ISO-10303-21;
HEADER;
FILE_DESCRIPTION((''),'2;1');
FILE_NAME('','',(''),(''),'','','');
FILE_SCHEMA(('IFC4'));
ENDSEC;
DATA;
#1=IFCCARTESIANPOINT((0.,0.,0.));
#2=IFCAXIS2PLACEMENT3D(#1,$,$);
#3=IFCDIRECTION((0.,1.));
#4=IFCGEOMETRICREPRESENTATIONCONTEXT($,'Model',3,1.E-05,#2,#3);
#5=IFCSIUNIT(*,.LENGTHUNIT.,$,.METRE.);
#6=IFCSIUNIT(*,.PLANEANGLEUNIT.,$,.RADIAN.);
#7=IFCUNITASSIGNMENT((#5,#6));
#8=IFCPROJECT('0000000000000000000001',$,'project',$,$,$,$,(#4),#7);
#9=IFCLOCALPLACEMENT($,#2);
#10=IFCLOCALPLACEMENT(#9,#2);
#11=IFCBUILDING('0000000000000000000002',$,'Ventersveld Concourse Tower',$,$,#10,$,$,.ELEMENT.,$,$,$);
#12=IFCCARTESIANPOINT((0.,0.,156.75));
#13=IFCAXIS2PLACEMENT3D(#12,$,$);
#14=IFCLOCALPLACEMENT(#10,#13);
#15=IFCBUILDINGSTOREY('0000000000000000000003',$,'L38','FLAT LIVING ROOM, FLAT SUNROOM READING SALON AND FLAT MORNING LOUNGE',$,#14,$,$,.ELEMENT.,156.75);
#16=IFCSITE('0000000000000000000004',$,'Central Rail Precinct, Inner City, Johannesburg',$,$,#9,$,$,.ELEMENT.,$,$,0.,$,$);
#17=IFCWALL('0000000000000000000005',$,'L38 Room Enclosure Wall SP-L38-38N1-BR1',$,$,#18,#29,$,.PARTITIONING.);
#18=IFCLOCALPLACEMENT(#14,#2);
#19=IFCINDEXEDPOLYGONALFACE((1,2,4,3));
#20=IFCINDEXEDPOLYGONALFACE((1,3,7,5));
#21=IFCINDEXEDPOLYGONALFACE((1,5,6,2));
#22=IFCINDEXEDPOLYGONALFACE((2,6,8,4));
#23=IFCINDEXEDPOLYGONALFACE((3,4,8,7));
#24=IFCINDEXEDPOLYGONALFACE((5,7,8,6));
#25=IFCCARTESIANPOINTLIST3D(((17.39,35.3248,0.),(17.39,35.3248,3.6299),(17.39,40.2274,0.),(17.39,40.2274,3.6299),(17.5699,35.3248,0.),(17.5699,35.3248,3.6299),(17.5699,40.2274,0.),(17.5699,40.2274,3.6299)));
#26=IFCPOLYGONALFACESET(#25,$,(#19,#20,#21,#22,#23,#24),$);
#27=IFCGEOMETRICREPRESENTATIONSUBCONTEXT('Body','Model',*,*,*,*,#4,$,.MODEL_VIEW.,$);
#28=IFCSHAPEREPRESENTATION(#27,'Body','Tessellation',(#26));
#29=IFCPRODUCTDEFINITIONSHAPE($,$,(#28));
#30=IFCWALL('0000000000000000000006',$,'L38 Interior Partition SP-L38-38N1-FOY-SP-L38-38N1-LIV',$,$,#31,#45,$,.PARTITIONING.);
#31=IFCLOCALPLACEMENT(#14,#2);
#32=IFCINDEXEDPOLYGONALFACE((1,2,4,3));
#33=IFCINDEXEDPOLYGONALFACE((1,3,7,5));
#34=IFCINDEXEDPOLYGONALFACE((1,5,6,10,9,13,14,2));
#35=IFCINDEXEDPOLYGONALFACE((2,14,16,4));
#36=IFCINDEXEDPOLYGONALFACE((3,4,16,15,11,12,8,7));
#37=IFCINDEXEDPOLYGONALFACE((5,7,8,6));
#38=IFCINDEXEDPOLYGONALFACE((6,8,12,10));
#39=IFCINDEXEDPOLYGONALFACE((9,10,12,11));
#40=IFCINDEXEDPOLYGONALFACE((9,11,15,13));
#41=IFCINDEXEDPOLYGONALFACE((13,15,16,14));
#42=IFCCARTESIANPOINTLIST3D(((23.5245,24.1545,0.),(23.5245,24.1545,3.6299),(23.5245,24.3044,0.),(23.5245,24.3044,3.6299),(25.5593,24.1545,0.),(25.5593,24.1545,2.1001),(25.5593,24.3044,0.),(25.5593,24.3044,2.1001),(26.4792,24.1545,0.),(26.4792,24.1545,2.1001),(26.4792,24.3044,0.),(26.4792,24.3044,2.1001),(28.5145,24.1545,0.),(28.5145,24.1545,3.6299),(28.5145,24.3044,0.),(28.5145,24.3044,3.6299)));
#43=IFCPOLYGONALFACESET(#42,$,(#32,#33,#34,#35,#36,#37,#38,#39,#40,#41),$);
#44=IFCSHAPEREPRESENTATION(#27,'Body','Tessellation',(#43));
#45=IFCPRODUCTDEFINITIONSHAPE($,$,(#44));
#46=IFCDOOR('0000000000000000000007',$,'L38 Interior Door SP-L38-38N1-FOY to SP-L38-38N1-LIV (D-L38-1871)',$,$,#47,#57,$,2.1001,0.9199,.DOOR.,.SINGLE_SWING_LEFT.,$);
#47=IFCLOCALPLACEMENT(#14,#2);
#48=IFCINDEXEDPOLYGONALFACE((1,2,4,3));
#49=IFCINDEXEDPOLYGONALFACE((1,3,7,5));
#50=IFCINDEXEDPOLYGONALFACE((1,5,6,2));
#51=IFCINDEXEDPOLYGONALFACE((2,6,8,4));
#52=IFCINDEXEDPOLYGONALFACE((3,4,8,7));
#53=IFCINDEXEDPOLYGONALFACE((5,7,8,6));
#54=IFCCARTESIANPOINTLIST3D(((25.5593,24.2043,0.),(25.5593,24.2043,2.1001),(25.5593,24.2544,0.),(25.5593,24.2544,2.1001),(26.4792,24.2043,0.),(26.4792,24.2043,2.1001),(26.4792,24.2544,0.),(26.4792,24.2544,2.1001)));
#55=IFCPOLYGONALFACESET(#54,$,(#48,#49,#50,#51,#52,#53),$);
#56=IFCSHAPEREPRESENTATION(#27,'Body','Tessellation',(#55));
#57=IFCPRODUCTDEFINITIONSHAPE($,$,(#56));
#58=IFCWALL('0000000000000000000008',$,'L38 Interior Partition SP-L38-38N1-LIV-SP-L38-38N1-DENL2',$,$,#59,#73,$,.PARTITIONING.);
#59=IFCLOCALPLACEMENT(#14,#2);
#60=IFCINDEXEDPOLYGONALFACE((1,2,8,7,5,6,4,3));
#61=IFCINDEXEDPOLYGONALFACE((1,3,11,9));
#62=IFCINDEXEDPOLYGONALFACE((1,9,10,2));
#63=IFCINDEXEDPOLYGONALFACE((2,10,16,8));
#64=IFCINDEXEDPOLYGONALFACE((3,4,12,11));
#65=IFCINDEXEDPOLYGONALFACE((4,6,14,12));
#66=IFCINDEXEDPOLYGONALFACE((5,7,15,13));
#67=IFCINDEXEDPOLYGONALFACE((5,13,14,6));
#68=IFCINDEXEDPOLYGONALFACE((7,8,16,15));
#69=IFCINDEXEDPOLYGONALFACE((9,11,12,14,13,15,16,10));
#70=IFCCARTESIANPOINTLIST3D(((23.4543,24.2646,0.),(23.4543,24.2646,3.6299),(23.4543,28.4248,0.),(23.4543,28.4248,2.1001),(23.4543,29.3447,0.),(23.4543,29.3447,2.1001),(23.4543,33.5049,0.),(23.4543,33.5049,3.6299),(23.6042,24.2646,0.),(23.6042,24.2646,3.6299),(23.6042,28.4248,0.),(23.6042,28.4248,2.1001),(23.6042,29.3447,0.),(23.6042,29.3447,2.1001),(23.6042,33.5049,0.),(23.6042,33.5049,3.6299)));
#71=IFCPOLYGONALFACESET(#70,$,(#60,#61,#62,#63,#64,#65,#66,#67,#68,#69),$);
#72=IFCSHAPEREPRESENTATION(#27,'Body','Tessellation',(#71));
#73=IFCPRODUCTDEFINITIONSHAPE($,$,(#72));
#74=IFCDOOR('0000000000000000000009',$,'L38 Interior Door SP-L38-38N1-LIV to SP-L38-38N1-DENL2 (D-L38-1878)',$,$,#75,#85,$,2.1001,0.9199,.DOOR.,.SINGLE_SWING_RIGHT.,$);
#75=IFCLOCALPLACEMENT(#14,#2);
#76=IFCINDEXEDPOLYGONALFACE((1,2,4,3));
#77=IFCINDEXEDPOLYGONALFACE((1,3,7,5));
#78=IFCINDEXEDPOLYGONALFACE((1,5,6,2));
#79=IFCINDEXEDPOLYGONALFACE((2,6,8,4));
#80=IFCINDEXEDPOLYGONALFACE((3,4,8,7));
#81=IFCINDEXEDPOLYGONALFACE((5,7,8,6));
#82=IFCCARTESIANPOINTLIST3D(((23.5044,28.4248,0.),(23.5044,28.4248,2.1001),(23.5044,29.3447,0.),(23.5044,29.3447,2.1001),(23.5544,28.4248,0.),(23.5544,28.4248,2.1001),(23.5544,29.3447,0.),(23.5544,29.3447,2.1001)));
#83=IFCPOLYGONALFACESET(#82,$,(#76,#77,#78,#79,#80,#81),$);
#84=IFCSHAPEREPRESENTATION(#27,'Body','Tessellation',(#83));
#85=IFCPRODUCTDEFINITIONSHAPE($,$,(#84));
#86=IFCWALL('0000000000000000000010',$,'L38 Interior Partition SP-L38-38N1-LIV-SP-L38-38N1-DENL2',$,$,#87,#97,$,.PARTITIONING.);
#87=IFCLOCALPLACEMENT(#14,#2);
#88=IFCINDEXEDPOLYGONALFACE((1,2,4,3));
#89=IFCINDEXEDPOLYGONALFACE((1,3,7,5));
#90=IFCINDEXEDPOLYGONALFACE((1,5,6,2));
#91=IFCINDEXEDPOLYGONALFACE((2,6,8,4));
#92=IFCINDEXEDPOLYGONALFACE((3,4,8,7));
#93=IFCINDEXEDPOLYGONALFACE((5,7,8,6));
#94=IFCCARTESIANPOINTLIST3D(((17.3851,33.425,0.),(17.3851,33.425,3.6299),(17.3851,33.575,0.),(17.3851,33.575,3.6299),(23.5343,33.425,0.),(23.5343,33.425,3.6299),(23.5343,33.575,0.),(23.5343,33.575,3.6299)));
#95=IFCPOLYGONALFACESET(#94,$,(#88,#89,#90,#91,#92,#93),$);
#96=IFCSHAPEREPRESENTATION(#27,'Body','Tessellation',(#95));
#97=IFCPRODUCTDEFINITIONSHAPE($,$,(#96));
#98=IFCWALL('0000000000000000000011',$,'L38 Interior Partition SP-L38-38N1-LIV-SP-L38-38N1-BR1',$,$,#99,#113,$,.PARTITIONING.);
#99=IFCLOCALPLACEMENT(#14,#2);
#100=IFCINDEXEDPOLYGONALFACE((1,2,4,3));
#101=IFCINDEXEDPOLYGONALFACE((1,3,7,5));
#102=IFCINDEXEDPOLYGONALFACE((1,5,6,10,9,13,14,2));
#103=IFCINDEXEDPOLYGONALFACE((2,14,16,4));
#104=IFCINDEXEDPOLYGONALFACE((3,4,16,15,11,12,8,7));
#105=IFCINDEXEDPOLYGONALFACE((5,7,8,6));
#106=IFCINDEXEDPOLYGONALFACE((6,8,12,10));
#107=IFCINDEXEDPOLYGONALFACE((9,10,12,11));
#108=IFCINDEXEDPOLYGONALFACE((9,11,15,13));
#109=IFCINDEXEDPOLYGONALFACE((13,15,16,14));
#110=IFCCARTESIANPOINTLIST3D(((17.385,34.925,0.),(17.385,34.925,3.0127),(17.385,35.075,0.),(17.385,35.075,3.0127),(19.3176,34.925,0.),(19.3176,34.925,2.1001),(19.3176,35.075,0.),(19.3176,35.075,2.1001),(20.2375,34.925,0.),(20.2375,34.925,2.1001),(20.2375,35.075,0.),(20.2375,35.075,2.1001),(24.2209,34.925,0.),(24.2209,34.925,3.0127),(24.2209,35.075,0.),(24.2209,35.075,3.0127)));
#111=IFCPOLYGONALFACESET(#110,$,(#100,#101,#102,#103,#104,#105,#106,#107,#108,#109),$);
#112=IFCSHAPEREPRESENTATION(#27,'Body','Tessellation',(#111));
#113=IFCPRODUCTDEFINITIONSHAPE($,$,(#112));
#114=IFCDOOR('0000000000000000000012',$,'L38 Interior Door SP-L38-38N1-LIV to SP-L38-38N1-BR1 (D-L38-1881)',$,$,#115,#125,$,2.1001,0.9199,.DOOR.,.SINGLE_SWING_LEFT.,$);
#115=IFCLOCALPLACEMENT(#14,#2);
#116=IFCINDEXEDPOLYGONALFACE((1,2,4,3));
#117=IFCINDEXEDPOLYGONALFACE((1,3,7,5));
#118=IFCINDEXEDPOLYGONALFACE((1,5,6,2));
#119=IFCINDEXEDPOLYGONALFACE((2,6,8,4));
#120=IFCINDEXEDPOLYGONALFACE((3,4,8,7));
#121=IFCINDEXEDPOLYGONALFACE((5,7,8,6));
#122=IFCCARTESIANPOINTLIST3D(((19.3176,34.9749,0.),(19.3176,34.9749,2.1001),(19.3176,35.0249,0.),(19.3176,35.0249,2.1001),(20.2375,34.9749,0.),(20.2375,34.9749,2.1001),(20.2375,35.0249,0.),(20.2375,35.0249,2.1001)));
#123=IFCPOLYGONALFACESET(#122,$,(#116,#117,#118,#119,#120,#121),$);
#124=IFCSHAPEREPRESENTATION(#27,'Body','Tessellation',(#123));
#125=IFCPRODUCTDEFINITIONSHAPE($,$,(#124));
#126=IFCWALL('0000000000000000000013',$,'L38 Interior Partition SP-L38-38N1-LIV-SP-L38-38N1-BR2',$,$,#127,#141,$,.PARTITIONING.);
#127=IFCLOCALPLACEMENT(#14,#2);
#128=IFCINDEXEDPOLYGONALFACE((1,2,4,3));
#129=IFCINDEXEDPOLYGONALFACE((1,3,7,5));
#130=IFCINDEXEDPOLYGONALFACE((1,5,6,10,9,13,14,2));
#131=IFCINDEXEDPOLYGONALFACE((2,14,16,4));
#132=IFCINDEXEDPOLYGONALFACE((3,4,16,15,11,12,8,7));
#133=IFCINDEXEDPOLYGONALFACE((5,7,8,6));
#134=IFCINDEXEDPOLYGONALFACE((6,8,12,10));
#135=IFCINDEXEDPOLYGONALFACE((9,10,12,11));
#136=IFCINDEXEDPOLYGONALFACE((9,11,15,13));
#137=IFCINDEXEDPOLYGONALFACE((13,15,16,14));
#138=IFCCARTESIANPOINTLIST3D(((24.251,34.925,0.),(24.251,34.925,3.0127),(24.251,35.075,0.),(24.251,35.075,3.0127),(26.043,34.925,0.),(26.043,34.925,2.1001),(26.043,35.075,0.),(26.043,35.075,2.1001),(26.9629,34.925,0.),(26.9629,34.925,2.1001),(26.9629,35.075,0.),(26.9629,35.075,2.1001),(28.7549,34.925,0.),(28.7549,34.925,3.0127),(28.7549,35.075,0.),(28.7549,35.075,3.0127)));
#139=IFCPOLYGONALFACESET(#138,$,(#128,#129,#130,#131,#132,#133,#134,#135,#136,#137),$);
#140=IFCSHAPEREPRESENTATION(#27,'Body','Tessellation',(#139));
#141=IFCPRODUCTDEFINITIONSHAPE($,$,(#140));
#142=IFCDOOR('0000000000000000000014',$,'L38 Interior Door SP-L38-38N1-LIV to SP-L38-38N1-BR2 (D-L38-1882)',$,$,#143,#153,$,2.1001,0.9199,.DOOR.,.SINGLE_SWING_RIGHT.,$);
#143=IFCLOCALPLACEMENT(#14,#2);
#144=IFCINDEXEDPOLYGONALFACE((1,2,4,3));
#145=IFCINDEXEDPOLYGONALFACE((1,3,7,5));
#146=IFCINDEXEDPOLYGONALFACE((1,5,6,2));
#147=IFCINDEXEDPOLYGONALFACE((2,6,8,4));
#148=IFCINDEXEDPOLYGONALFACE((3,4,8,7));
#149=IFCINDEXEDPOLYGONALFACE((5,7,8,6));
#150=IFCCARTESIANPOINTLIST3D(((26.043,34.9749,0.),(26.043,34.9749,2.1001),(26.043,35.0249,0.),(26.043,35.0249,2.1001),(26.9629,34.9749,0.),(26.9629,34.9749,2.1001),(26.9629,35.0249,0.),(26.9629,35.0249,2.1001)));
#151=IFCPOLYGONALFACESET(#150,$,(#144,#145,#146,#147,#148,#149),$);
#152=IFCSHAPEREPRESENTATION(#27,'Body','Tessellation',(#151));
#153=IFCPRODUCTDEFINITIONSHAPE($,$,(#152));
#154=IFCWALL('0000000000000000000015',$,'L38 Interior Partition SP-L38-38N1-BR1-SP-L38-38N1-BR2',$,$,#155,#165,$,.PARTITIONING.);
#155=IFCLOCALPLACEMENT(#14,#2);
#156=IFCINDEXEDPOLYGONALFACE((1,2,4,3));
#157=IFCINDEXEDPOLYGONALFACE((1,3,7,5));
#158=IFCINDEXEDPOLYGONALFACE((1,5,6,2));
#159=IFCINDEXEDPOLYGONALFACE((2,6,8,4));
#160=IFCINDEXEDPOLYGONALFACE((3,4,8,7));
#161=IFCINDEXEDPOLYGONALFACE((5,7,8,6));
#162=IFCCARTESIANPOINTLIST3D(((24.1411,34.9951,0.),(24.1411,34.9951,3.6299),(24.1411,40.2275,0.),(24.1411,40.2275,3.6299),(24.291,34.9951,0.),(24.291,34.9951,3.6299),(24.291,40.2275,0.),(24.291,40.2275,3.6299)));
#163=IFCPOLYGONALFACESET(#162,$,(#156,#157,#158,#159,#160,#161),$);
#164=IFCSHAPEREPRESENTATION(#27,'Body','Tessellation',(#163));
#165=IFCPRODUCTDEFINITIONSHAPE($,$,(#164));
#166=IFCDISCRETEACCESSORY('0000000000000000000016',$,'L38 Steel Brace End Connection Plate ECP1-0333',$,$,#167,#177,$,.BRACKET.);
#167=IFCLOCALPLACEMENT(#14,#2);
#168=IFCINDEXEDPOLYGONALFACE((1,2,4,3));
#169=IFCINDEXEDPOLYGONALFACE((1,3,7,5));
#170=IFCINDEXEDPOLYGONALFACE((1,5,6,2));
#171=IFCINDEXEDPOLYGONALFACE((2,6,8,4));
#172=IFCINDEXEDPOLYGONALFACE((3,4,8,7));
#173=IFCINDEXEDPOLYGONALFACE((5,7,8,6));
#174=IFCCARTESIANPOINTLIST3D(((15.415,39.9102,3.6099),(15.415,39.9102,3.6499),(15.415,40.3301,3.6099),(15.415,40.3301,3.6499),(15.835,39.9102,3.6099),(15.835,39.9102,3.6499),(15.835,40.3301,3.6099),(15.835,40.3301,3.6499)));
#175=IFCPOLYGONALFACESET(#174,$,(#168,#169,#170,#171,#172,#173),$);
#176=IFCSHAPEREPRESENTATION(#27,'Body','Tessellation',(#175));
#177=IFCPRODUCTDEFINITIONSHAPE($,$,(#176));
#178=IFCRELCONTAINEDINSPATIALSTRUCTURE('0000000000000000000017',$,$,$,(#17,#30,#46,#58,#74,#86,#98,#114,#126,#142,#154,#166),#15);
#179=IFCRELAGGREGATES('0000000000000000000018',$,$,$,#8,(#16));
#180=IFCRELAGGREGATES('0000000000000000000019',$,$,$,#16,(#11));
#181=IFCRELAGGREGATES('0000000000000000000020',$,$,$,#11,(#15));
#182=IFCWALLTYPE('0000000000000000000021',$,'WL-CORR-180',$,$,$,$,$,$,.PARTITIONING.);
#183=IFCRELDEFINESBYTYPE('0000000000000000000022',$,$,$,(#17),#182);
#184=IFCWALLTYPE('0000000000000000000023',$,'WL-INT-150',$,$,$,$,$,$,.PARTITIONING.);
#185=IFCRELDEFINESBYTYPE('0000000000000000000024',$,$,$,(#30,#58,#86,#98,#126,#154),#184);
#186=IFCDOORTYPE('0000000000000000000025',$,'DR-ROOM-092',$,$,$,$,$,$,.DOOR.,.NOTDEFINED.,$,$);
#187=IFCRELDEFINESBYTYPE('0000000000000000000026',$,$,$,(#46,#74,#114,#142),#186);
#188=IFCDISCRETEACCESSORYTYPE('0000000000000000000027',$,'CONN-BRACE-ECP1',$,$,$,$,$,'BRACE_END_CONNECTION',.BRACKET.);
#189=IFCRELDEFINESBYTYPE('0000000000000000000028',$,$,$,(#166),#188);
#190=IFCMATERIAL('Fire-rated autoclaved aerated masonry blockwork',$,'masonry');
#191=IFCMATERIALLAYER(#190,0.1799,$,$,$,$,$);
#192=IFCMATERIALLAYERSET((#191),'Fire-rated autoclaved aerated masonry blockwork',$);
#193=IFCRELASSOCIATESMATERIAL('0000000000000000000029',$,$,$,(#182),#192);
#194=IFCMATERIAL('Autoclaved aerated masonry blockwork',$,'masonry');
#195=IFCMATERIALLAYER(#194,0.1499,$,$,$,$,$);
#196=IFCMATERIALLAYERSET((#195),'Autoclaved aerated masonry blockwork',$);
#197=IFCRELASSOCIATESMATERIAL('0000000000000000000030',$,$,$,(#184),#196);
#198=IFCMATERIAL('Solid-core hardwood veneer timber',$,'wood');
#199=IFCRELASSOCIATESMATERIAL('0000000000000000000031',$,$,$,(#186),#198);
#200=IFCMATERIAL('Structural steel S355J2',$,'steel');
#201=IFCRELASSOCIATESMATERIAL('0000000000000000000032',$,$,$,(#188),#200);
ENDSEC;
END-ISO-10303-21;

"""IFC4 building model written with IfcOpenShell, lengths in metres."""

from ifc_helpers import new_model, si_unit, direction, frame, frame_2d, origin, origin_2d, place, context, subcontext, project, spatial, rectangle, extrude, material, layer, layer_set, type_object, element, fill, save


model = new_model("IFC4")

# Units and contexts
model_context = context("Model", 3, precision=1e-05, world=origin(), true_north=direction((0.0, 1.0)))
body_context = subcontext(model_context, "Body", "Model", "MODEL_VIEW")
ifc_project = project(units=[si_unit("LENGTHUNIT", "METRE"), si_unit("PLANEANGLEUNIT", "RADIAN")], contexts=[model_context])

# Site, building, storey
site_placement = place(None, origin())
site = spatial("IfcSite", under=ifc_project, at=site_placement, Name="Central Rail Precinct, Inner City, Johannesburg", CompositionType="ELEMENT", RefElevation=0.0)
building_placement = place(site_placement, origin())
building = spatial("IfcBuilding", under=site, at=building_placement, Name="Ventersveld Concourse Tower", CompositionType="ELEMENT")
storey_placement = place(building_placement, frame((0.0, 0.0, 156.75)))
storey = spatial("IfcBuildingStorey", under=building, at=storey_placement, Name="L38", Description="FLAT LIVING ROOM, FLAT SUNROOM READING SALON AND FLAT MORNING LOUNGE", CompositionType="ELEMENT", Elevation=156.75)

# Shared definitions
ifc_material_1 = material(Name="Structural steel S355J2", Category="steel")

# Wall
ifc_material_2 = material(Name="Fire-rated autoclaved aerated masonry blockwork", Category="masonry")
ifc_layer_1 = layer(ifc_material_2, 0.1799)
ifc_layer_set_1 = layer_set([ifc_layer_1], Name="Fire-rated autoclaved aerated masonry blockwork")
wall_type_1 = type_object("IfcWallType", Name="WL-CORR-180", PredefinedType="PARTITIONING", material=ifc_layer_set_1)
wall_1_placement = place(storey_placement, frame((17.48, 35.325, 0.0), z_axis=(0.0, 0.0, 1.0), x_axis=(0.0, 1.0, 0.0)))
element("IfcWall", 1, at=wall_1_placement, inside=storey, type_object=wall_type_1, Name="L38 Room Enclosure Wall SP-L38-38N1-BR1", PredefinedType="PARTITIONING", context=body_context, shape_type="SweptSolid", body=[
    extrude(rectangle(XDim=4.9026, YDim=0.1799, at=frame_2d((2.4512, 0.0))), origin(), (0.0, 0.0, 1.0), 3.6299),
])

# Walls, openings, doors
ifc_material_3 = material(Name="Autoclaved aerated masonry blockwork", Category="masonry")
ifc_layer_2 = layer(ifc_material_3, 0.1499)
ifc_layer_set_2 = layer_set([ifc_layer_2], Name="Autoclaved aerated masonry blockwork")
wall_type_2 = type_object("IfcWallType", Name="WL-INT-150", PredefinedType="PARTITIONING", material=ifc_layer_set_2)
wall_2_placement = place(storey_placement, frame((23.5244, 24.2295, 0.0), z_axis=(0.0, 0.0, 1.0), x_axis=(1.0, 0.0, 0.0)))
wall_2 = element("IfcWall", 2, at=wall_2_placement, inside=storey, type_object=wall_type_2, Name="L38 Interior Partition SP-L38-38N1-FOY-SP-L38-38N1-LIV", PredefinedType="PARTITIONING", context=body_context, shape_type="SweptSolid", body=[
    extrude(rectangle(XDim=4.99, YDim=0.1499, at=frame_2d((2.4951, 0.0))), origin(), (0.0, 0.0, 1.0), 3.6299),
])
opening_1_placement = place(wall_2_placement, frame((2.0349, 0.0, 0.0)))
opening_1 = element("IfcOpeningElement", 3, at=opening_1_placement, cuts=wall_2, PredefinedType="OPENING", context=body_context, shape_type="SweptSolid", body=[
    extrude(rectangle(XDim=0.9199, YDim=2.1001, at=frame_2d((0.46, 1.05))), frame((0.0, 0.085, 0.0), z_axis=(0.0, -1.0, 0.0), x_axis=(1.0, 0.0, 0.0)), (0.0, 0.0, 1.0), 0.1699),
])
ifc_material_4 = material(Name="Solid-core hardwood veneer timber", Category="wood")
door_type = type_object("IfcDoorType", Name="DR-ROOM-092", OperationType="NOTDEFINED", PredefinedType="DOOR", material=ifc_material_4)
door_1_placement = place(opening_1_placement, origin())
door_1 = element("IfcDoor", 4, at=door_1_placement, inside=storey, type_object=door_type, Name="L38 Interior Door SP-L38-38N1-FOY to SP-L38-38N1-LIV (D-L38-1871)", OperationType="SINGLE_SWING_LEFT", OverallHeight=2.1001, OverallWidth=0.9199, PredefinedType="DOOR", context=body_context, shape_type="SweptSolid", body=[
    extrude(rectangle(XDim=0.9199, YDim=2.1001, at=frame_2d((0.46, 1.05))), frame((0.0, 0.0249, 0.0), z_axis=(0.0, -1.0, 0.0), x_axis=(1.0, 0.0, 0.0)), (0.0, 0.0, 1.0), 0.05),
])
fill(opening_1, door_1)
wall_3_placement = place(storey_placement, frame((23.5293, 24.2646, 0.0), z_axis=(0.0, 0.0, 1.0), x_axis=(0.0, 1.0, 0.0)))
wall_3 = element("IfcWall", 5, at=wall_3_placement, inside=storey, type_object=wall_type_2, Name="L38 Interior Partition SP-L38-38N1-LIV-SP-L38-38N1-DENL2", PredefinedType="PARTITIONING", context=body_context, shape_type="SweptSolid", body=[
    extrude(rectangle(XDim=9.2402, YDim=0.1499, at=frame_2d((4.6201, 0.0))), origin(), (0.0, 0.0, 1.0), 3.6299),
])
opening_2_placement = place(wall_3_placement, frame((4.1602, 0.0, 0.0)))
opening_2 = element("IfcOpeningElement", 6, at=opening_2_placement, cuts=wall_3, PredefinedType="OPENING", context=body_context, shape_type="SweptSolid", body=[
    extrude(rectangle(XDim=0.9199, YDim=2.1001, at=frame_2d((0.46, 1.05))), frame((0.0, 0.085, 0.0), z_axis=(0.0, -1.0, 0.0), x_axis=(1.0, 0.0, 0.0)), (0.0, 0.0, 1.0), 0.1699),
])
door_2_placement = place(opening_2_placement, origin())
door_2 = element("IfcDoor", 7, at=door_2_placement, inside=storey, type_object=door_type, Name="L38 Interior Door SP-L38-38N1-LIV to SP-L38-38N1-DENL2 (D-L38-1878)", OperationType="SINGLE_SWING_RIGHT", OverallHeight=2.1001, OverallWidth=0.9199, PredefinedType="DOOR", context=body_context, shape_type="SweptSolid", body=[
    extrude(rectangle(XDim=0.9199, YDim=2.1001, at=frame_2d((0.46, 1.05))), frame((0.0, 0.0249, 0.0), z_axis=(0.0, -1.0, 0.0), x_axis=(1.0, 0.0, 0.0)), (0.0, 0.0, 1.0), 0.05),
])
fill(opening_2, door_2)

# Wall
wall_4_placement = place(storey_placement, frame((17.385, 33.5, 0.0), z_axis=(0.0, 0.0, 1.0), x_axis=(1.0, 0.0, 0.0)))
element("IfcWall", 8, at=wall_4_placement, inside=storey, type_object=wall_type_2, Name="L38 Interior Partition SP-L38-38N1-LIV-SP-L38-38N1-DENL2", PredefinedType="PARTITIONING", context=body_context, shape_type="SweptSolid", body=[
    extrude(rectangle(XDim=6.1492, YDim=0.1499, at=frame_2d((3.0747, 0.0))), origin(), (0.0, 0.0, 1.0), 3.6299),
])

# Walls, openings, doors
wall_5_placement = place(storey_placement, frame((17.385, 35.0, 0.0), z_axis=(0.0, 0.0, 1.0), x_axis=(1.0, 0.0, 0.0)))
wall_5 = element("IfcWall", 9, at=wall_5_placement, inside=storey, type_object=wall_type_2, Name="L38 Interior Partition SP-L38-38N1-LIV-SP-L38-38N1-BR1", PredefinedType="PARTITIONING", context=body_context, shape_type="SweptSolid", body=[
    extrude(rectangle(XDim=6.8359, YDim=0.1499, at=frame_2d((3.418, 0.0))), origin(), (0.0, 0.0, 1.0), 3.0127),
])
opening_3_placement = place(wall_5_placement, frame((1.9326, 0.0, 0.0)))
opening_3 = element("IfcOpeningElement", 10, at=opening_3_placement, cuts=wall_5, PredefinedType="OPENING", context=body_context, shape_type="SweptSolid", body=[
    extrude(rectangle(XDim=0.9199, YDim=2.1001, at=frame_2d((0.46, 1.05))), frame((0.0, 0.085, 0.0), z_axis=(0.0, -1.0, 0.0), x_axis=(1.0, 0.0, 0.0)), (0.0, 0.0, 1.0), 0.1699),
])
door_3_placement = place(opening_3_placement, origin())
door_3 = element("IfcDoor", 11, at=door_3_placement, inside=storey, type_object=door_type, Name="L38 Interior Door SP-L38-38N1-LIV to SP-L38-38N1-BR1 (D-L38-1881)", OperationType="SINGLE_SWING_LEFT", OverallHeight=2.1001, OverallWidth=0.9199, PredefinedType="DOOR", context=body_context, shape_type="SweptSolid", body=[
    extrude(rectangle(XDim=0.9199, YDim=2.1001, at=frame_2d((0.46, 1.05))), frame((0.0, 0.0249, 0.0), z_axis=(0.0, -1.0, 0.0), x_axis=(1.0, 0.0, 0.0)), (0.0, 0.0, 1.0), 0.05),
])
fill(opening_3, door_3)
wall_6_placement = place(storey_placement, frame((24.251, 35.0, 0.0), z_axis=(0.0, 0.0, 1.0), x_axis=(1.0, 0.0, 0.0)))
wall_6 = element("IfcWall", 12, at=wall_6_placement, inside=storey, type_object=wall_type_2, Name="L38 Interior Partition SP-L38-38N1-LIV-SP-L38-38N1-BR2", PredefinedType="PARTITIONING", context=body_context, shape_type="SweptSolid", body=[
    extrude(rectangle(XDim=4.5039, YDim=0.1499, at=frame_2d((2.252, 0.0))), origin(), (0.0, 0.0, 1.0), 3.0127),
])
opening_4_placement = place(wall_6_placement, frame((1.792, 0.0, 0.0)))
opening_4 = element("IfcOpeningElement", 13, at=opening_4_placement, cuts=wall_6, PredefinedType="OPENING", context=body_context, shape_type="SweptSolid", body=[
    extrude(rectangle(XDim=0.9199, YDim=2.1001, at=frame_2d((0.46, 1.05))), frame((0.0, 0.085, 0.0), z_axis=(0.0, -1.0, 0.0), x_axis=(1.0, 0.0, 0.0)), (0.0, 0.0, 1.0), 0.1699),
])
door_4_placement = place(opening_4_placement, origin())
door_4 = element("IfcDoor", 14, at=door_4_placement, inside=storey, type_object=door_type, Name="L38 Interior Door SP-L38-38N1-LIV to SP-L38-38N1-BR2 (D-L38-1882)", OperationType="SINGLE_SWING_RIGHT", OverallHeight=2.1001, OverallWidth=0.9199, PredefinedType="DOOR", context=body_context, shape_type="SweptSolid", body=[
    extrude(rectangle(XDim=0.9199, YDim=2.1001, at=frame_2d((0.46, 1.05))), frame((0.0, 0.0249, 0.0), z_axis=(0.0, -1.0, 0.0), x_axis=(1.0, 0.0, 0.0)), (0.0, 0.0, 1.0), 0.05),
])
fill(opening_4, door_4)

# Wall
wall_7_placement = place(storey_placement, frame((24.2161, 34.9951, 0.0), z_axis=(0.0, 0.0, 1.0), x_axis=(0.0, 1.0, 0.0)))
element("IfcWall", 15, at=wall_7_placement, inside=storey, type_object=wall_type_2, Name="L38 Interior Partition SP-L38-38N1-BR1-SP-L38-38N1-BR2", PredefinedType="PARTITIONING", context=body_context, shape_type="SweptSolid", body=[
    extrude(rectangle(XDim=5.2324, YDim=0.1499, at=frame_2d((2.6162, 0.0))), origin(), (0.0, 0.0, 1.0), 3.6299),
])

# Discrete accessory
discrete_accessory_type = type_object("IfcDiscreteAccessoryType", Name="CONN-BRACE-ECP1", ElementType="BRACE_END_CONNECTION", PredefinedType="BRACKET", material=ifc_material_1)
discrete_accessory_placement = place(storey_placement, frame((15.625, 40.1201, 3.6099), z_axis=(0.0, 0.0, 1.0), x_axis=(1.0, 0.0, 0.0)))
element("IfcDiscreteAccessory", 16, at=discrete_accessory_placement, inside=storey, type_object=discrete_accessory_type, Name="L38 Steel Brace End Connection Plate ECP1-0333", PredefinedType="BRACKET", context=body_context, shape_type="SweptSolid", body=[
    extrude(rectangle(XDim=0.4199, YDim=0.4199, at=origin_2d()), origin(), (0.0, 0.0, 1.0), 0.04),
])

save(model, "model.ifc")
